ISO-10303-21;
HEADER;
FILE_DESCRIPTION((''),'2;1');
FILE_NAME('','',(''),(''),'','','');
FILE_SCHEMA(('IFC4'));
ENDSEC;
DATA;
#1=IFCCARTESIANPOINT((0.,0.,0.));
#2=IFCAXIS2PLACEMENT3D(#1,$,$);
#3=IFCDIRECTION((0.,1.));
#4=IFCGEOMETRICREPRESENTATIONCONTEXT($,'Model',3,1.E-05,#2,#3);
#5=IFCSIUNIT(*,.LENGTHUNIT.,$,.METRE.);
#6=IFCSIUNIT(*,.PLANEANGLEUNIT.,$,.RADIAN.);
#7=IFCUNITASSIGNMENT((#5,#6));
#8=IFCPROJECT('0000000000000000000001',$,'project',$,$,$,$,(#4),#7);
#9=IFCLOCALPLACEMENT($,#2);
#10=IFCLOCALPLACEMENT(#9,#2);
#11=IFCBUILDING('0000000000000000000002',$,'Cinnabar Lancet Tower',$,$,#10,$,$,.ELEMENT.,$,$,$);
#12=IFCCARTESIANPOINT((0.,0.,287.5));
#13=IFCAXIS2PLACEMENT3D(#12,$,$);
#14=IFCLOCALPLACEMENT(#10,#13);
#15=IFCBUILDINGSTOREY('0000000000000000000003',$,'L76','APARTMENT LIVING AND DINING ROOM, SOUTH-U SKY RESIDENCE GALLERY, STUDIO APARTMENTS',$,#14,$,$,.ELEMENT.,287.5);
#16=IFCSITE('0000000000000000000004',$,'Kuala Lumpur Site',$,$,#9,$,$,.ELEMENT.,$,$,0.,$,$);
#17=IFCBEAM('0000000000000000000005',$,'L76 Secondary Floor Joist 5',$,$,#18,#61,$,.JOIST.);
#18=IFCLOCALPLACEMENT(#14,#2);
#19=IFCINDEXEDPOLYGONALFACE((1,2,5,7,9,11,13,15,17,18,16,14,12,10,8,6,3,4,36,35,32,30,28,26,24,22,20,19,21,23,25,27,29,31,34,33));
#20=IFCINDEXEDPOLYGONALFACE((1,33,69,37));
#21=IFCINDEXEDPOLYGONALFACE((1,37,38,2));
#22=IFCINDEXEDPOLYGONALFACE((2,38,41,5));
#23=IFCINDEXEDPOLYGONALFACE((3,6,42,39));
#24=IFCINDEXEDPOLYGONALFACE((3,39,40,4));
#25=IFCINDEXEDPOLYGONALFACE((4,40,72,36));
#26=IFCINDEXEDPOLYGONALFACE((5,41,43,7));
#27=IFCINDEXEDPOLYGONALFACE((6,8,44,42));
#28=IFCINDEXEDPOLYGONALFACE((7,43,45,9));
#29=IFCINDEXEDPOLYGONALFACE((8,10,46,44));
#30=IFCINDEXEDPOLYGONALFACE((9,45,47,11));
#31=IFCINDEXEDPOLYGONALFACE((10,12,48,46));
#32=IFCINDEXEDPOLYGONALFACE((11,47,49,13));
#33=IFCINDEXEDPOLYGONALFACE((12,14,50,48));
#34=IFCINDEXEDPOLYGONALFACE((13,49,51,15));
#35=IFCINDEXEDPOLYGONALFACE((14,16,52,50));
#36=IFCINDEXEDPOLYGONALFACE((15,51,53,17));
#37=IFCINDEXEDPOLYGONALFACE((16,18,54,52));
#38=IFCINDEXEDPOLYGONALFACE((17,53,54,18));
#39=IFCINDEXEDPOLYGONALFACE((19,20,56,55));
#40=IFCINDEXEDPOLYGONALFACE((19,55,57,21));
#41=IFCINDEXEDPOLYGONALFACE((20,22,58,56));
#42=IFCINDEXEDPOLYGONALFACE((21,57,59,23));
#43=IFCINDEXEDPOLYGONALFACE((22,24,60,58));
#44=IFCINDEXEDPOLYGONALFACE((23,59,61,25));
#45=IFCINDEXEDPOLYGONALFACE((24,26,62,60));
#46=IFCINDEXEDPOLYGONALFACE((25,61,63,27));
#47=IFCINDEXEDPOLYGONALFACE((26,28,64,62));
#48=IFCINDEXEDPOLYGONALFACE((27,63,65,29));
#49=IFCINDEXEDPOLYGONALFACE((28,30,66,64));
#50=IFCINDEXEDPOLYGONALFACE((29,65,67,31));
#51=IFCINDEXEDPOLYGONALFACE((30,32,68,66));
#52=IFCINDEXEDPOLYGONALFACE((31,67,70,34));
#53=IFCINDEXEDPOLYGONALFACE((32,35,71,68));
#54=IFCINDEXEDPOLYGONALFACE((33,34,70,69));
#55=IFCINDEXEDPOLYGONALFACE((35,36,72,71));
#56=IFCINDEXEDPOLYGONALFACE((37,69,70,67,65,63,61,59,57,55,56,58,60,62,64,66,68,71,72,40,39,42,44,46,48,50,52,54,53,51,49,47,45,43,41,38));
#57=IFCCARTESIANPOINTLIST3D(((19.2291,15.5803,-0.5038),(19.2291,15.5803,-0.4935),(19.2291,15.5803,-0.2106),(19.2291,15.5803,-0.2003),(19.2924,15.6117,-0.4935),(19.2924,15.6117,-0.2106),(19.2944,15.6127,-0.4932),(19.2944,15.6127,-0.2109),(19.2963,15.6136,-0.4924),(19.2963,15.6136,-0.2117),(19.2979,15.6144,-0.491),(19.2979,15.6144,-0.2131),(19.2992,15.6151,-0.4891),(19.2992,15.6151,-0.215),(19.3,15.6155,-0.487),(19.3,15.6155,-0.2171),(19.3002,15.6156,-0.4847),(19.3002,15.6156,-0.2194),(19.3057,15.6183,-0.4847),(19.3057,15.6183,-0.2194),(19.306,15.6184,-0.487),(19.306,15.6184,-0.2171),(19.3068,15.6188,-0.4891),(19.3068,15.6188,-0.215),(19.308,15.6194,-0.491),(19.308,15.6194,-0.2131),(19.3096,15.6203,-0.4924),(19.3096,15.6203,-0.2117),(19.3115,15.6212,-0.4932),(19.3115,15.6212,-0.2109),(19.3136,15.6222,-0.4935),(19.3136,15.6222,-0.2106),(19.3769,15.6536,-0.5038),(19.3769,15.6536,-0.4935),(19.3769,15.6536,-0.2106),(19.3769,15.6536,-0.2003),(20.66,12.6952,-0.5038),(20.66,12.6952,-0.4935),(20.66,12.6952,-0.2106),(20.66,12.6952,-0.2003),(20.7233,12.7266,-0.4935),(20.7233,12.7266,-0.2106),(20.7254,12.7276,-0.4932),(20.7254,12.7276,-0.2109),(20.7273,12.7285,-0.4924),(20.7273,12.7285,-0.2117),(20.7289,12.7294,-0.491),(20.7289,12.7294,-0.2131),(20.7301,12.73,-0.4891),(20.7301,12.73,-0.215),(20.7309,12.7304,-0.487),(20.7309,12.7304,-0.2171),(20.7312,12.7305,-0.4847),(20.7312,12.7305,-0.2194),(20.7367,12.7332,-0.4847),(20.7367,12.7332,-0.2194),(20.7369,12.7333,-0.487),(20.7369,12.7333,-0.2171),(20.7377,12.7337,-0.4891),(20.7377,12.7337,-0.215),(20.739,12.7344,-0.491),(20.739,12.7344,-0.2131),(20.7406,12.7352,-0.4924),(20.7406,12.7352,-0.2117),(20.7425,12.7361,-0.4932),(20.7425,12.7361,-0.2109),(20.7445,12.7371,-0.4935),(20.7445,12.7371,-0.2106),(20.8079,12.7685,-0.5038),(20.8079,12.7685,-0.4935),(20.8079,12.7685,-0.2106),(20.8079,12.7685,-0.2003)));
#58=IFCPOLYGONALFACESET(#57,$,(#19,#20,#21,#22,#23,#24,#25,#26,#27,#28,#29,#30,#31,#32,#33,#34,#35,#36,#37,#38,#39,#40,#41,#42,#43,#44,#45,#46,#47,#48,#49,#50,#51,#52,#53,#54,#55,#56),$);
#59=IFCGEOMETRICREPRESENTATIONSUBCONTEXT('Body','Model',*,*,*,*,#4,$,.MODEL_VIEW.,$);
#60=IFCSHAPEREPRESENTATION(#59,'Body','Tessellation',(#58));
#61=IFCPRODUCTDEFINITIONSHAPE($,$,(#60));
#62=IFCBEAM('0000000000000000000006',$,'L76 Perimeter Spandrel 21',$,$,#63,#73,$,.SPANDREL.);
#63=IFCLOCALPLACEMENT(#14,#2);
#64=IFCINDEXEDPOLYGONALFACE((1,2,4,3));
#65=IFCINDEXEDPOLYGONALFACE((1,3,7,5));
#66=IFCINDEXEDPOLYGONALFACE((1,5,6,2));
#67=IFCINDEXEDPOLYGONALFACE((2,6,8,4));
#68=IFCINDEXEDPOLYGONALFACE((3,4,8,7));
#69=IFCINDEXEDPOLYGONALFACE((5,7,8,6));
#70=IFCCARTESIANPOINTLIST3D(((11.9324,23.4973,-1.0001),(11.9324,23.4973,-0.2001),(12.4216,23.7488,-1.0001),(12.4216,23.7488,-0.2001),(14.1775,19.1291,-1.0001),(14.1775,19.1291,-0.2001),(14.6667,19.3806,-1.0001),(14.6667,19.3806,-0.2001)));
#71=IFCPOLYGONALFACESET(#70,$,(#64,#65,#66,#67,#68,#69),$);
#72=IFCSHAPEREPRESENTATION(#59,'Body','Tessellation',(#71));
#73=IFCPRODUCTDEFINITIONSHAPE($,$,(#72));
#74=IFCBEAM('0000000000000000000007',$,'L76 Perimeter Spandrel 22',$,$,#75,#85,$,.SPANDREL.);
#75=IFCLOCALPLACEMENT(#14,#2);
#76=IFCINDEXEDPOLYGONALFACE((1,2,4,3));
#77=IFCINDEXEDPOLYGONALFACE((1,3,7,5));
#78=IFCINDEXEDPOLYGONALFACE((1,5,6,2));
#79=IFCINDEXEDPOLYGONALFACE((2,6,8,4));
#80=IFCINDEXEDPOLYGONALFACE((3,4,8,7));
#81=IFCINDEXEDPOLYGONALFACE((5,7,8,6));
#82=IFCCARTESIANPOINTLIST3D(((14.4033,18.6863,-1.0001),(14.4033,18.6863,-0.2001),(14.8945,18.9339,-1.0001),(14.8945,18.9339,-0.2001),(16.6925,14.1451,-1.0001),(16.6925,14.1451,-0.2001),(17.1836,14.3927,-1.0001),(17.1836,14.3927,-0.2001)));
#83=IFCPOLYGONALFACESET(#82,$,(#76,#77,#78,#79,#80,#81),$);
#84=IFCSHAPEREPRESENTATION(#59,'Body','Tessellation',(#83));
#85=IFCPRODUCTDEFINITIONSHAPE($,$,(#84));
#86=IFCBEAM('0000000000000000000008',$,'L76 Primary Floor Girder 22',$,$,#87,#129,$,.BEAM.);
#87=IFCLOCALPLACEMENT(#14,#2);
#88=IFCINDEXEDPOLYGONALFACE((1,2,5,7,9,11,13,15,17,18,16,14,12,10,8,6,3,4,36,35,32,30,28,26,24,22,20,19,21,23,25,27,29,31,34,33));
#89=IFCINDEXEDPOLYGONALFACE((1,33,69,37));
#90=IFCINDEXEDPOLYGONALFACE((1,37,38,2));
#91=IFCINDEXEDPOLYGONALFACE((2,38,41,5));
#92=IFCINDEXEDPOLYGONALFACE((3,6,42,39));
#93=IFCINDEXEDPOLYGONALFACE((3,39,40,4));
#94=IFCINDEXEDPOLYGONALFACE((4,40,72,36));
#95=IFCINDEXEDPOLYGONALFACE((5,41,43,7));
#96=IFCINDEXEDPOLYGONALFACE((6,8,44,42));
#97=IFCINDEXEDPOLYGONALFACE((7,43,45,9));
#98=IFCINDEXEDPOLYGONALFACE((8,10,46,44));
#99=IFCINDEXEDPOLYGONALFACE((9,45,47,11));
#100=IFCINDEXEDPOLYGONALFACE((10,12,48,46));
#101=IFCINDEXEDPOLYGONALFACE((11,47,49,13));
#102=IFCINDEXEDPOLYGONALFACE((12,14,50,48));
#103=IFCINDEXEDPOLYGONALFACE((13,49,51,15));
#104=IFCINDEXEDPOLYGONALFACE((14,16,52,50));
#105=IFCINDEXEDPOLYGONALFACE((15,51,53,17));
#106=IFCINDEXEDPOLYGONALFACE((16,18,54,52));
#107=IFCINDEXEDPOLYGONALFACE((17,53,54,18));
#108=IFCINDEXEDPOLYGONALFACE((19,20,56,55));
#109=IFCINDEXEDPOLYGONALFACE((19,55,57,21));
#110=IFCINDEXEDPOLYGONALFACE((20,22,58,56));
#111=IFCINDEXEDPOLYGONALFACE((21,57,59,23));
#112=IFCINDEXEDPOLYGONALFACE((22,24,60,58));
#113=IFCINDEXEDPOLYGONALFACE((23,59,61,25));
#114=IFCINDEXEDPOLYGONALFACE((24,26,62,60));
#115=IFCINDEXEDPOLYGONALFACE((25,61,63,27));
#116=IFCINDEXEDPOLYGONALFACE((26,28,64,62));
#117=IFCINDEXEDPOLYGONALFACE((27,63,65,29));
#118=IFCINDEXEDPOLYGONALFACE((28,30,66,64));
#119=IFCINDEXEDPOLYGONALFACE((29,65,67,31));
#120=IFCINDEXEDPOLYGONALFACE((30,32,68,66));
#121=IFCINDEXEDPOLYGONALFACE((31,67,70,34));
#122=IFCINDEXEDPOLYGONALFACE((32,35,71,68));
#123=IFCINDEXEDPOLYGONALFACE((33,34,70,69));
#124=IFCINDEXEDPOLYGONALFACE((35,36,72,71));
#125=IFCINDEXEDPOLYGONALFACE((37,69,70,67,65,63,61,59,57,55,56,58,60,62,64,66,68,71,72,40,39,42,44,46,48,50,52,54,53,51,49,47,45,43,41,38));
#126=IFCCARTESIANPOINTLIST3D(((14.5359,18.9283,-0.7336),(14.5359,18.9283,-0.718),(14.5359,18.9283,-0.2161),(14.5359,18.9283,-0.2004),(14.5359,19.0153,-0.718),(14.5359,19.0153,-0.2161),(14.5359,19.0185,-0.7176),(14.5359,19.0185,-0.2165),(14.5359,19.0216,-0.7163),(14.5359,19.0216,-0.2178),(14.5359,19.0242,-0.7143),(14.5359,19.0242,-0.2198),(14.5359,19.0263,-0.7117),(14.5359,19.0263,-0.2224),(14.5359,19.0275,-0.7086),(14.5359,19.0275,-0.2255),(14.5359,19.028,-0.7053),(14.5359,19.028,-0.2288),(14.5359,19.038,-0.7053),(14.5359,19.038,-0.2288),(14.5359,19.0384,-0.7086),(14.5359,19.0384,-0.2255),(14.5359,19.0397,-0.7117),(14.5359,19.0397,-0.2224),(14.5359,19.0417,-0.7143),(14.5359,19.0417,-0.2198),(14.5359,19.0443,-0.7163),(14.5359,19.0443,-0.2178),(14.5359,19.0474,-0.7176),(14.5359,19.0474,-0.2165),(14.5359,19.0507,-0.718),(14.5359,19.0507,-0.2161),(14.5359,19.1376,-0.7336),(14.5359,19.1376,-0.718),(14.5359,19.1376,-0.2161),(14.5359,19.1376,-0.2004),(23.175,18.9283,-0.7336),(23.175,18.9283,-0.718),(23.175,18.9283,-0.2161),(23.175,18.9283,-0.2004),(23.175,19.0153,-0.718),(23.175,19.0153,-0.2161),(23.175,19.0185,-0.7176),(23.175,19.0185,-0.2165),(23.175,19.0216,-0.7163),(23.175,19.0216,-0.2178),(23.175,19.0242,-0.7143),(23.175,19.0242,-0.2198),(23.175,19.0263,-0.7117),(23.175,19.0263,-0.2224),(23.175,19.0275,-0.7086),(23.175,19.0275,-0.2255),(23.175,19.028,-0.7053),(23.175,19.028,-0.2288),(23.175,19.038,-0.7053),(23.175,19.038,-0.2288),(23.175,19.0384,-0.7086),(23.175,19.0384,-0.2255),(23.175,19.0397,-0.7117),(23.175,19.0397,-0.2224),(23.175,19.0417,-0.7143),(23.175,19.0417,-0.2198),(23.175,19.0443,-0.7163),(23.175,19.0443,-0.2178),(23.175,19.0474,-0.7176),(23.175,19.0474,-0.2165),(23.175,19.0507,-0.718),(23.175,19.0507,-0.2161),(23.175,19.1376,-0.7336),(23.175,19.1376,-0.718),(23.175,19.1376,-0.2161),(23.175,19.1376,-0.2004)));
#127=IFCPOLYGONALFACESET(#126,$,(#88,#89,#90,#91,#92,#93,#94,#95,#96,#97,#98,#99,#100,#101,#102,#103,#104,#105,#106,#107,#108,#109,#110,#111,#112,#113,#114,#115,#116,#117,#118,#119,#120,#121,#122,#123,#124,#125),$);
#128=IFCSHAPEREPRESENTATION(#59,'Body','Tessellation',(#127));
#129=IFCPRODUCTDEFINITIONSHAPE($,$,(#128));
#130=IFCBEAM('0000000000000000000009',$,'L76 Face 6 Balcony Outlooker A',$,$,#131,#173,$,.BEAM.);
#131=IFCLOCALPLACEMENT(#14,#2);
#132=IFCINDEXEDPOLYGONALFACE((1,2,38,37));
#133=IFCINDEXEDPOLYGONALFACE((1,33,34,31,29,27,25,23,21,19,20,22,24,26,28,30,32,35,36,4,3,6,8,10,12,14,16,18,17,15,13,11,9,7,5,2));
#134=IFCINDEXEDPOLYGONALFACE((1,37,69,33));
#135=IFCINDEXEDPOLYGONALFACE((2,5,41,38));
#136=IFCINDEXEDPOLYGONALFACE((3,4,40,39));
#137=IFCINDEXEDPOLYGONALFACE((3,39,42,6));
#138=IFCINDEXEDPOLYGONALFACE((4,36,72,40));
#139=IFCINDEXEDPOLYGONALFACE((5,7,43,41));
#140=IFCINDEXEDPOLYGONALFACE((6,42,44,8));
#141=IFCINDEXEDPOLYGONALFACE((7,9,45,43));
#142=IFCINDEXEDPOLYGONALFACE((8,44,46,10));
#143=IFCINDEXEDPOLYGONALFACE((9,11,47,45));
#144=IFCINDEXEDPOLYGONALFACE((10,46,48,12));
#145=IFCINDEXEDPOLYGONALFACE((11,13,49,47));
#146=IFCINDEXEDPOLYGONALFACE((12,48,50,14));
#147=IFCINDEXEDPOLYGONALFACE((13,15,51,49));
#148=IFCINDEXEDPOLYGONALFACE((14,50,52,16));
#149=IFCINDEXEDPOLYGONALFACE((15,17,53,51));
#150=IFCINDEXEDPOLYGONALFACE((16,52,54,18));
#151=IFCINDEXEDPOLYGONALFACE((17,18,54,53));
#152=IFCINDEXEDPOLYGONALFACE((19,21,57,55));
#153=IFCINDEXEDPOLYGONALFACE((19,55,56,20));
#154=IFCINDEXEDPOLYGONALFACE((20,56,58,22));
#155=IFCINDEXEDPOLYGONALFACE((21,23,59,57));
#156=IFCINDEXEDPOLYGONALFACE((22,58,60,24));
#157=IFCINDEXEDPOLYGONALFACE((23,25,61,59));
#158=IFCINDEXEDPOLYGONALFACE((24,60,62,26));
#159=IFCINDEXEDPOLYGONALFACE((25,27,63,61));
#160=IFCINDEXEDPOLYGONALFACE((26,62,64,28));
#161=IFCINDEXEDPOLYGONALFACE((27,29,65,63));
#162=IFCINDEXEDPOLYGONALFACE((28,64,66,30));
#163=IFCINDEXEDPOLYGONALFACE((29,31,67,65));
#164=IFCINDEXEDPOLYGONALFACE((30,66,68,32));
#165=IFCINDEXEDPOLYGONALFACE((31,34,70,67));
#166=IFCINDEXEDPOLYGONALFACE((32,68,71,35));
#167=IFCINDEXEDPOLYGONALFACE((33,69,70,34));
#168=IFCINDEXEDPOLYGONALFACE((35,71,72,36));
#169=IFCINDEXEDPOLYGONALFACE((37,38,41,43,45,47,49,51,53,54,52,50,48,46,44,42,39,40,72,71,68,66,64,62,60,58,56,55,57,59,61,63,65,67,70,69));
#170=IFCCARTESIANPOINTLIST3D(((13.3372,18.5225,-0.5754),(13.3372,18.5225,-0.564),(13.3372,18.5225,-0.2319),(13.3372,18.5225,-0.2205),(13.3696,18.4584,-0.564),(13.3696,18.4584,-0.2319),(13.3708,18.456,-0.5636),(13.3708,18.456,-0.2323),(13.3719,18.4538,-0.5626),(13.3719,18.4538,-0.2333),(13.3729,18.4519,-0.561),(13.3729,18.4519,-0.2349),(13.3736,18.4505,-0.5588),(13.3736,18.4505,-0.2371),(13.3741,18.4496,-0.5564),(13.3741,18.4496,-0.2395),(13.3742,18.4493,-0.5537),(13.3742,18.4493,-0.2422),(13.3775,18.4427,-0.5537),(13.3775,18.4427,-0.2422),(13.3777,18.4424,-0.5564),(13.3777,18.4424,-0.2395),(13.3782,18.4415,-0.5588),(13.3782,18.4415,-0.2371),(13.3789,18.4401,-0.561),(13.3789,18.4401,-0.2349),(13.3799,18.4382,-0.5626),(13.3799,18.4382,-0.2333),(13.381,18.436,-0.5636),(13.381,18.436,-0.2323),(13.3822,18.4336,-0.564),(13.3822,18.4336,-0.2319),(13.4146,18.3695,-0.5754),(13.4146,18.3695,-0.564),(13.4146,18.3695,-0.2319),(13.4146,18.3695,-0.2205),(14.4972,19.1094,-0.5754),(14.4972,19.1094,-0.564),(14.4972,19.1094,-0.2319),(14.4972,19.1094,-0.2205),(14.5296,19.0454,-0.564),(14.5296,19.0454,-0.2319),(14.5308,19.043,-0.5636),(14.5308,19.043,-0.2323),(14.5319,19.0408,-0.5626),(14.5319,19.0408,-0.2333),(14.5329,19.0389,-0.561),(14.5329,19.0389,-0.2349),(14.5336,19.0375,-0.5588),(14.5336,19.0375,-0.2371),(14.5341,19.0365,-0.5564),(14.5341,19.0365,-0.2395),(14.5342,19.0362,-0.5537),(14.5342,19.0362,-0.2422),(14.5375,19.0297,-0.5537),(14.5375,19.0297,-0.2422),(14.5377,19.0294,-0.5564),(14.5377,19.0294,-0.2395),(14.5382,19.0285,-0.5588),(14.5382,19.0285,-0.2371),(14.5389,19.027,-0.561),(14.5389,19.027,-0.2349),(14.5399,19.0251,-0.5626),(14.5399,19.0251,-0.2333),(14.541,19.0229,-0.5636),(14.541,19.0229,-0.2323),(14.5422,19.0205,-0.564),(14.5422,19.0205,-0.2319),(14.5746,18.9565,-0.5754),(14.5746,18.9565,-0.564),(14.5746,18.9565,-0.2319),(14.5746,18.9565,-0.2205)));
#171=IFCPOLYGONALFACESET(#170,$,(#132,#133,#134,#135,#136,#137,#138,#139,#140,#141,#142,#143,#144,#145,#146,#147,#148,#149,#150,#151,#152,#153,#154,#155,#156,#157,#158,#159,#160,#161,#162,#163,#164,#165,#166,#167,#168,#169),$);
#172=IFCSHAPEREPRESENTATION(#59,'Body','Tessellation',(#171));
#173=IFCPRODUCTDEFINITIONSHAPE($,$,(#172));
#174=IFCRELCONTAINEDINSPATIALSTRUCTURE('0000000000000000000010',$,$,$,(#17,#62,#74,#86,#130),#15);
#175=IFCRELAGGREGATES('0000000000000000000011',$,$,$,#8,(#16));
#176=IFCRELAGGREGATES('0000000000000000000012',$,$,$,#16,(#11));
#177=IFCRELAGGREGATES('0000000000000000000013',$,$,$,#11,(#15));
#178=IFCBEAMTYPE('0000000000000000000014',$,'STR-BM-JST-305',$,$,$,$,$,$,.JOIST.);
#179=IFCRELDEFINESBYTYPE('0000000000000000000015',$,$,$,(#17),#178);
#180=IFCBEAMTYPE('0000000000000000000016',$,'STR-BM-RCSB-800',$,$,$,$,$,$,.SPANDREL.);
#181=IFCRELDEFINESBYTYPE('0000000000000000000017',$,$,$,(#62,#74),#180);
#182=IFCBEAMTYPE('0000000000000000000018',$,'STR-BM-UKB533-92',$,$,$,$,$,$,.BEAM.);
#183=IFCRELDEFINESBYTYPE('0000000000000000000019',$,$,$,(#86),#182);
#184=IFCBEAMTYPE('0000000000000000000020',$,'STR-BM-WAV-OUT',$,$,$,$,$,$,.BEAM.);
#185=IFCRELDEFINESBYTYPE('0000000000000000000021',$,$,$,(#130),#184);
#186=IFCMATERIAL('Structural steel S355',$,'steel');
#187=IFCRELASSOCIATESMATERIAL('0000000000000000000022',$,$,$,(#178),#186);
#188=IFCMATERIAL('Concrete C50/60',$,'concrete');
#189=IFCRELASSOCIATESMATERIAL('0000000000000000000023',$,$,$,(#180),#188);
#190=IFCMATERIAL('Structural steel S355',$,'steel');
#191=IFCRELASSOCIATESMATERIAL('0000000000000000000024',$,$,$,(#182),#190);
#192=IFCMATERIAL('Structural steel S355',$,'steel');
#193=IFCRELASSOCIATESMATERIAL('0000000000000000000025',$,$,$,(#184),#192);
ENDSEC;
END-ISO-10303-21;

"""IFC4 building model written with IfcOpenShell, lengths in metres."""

from ifc_helpers import new_model, si_unit, direction, frame, origin, origin_2d, place, context, subcontext, project, spatial, rectangle, i_section, extrude, material, material_profile, profile_set, type_object, element, save


model = new_model("IFC4")

# Units and contexts
model_context = context("Model", 3, precision=1e-05, world=origin(), true_north=direction((0.0, 1.0)))
body_context = subcontext(model_context, "Body", "Model", "MODEL_VIEW")
ifc_project = project(units=[si_unit("LENGTHUNIT", "METRE"), si_unit("PLANEANGLEUNIT", "RADIAN")], contexts=[model_context])

# Site, building, storey
site_placement = place(None, origin())
site = spatial("IfcSite", under=ifc_project, at=site_placement, Name="Kuala Lumpur Site", CompositionType="ELEMENT", RefElevation=0.0)
building_placement = place(site_placement, origin())
building = spatial("IfcBuilding", under=site, at=building_placement, Name="Cinnabar Lancet Tower", CompositionType="ELEMENT")
storey_placement = place(building_placement, frame((0.0, 0.0, 287.5)))
storey = spatial("IfcBuildingStorey", under=building, at=storey_placement, Name="L76", Description="APARTMENT LIVING AND DINING ROOM, SOUTH-U SKY RESIDENCE GALLERY, STUDIO APARTMENTS", CompositionType="ELEMENT", Elevation=287.5)

# Beams
ifc_material_1 = material(Name="Structural steel S355", Category="steel")
ifc_material_profile_1 = material_profile(ifc_material_1, i_section(OverallWidth=0.165, OverallDepth=0.3035, WebThickness=0.0061, FlangeThickness=0.0103, FilletRadius=0.0088, at=origin_2d()), Name="UKB 305x165x40")
ifc_profile_set_1 = profile_set([ifc_material_profile_1], Name="Structural steel S355")
beam_type_1 = type_object("IfcBeamType", Name="STR-BM-JST-305", PredefinedType="JOIST", material=ifc_profile_set_1)
beam_1_placement = place(storey_placement, frame((19.303, 15.6169, -0.3521), z_axis=(0.44433, -0.895863, 0.0), x_axis=(0.895863, 0.44433, 0.0)))
element("IfcBeam", 1, at=beam_1_placement, inside=storey, type_object=beam_type_1, Name="L76 Secondary Floor Joist 5", PredefinedType="JOIST", context=body_context, shape_type="SweptSolid", body=[
    extrude(i_section(OverallWidth=0.165, OverallDepth=0.3035, WebThickness=0.0061, FlangeThickness=0.0103, FilletRadius=0.0088, at=origin_2d()), origin(), (0.0, 0.0, 1.0), 3.2205),
])
ifc_material_2 = material(Name="Concrete C50/60", Category="concrete")
ifc_material_profile_2 = material_profile(ifc_material_2, rectangle(XDim=0.55, YDim=0.8, at=origin_2d()), Name="RC-SB 550x800")
ifc_profile_set_2 = profile_set([ifc_material_profile_2], Name="Concrete C50/60")
beam_type_2 = type_object("IfcBeamType", Name="STR-BM-RCSB-800", PredefinedType="SPANDREL", material=ifc_profile_set_2)
beam_2_placement = place(storey_placement, frame((12.177, 23.623, -0.6001), z_axis=(0.457128, -0.889401, 0.0), x_axis=(0.889401, 0.457128, 0.0)))
element("IfcBeam", 2, at=beam_2_placement, inside=storey, type_object=beam_type_2, Name="L76 Perimeter Spandrel 21", PredefinedType="SPANDREL", context=body_context, shape_type="SweptSolid", body=[
    extrude(rectangle(XDim=0.55, YDim=0.8, at=origin_2d()), origin(), (0.0, 0.0, 1.0), 4.9114),
])
beam_3_placement = place(storey_placement, frame((14.6489, 18.8101, -0.6001), z_axis=(0.45013, -0.892963, 0.0), x_axis=(0.892963, 0.45013, 0.0)))
element("IfcBeam", 3, at=beam_3_placement, inside=storey, type_object=beam_type_2, Name="L76 Perimeter Spandrel 22", PredefinedType="SPANDREL", context=body_context, shape_type="SweptSolid", body=[
    extrude(rectangle(XDim=0.55, YDim=0.8, at=origin_2d()), origin(), (0.0, 0.0, 1.0), 5.0854),
])
ifc_material_3 = material(Name="Structural steel S355", Category="steel")
ifc_material_profile_3 = material_profile(ifc_material_3, i_section(OverallWidth=0.2092, OverallDepth=0.5332, WebThickness=0.01, FlangeThickness=0.0156, FilletRadius=0.0127, at=origin_2d()), Name="UKB 533x210x92")
ifc_profile_set_3 = profile_set([ifc_material_profile_3], Name="Structural steel S355")
beam_type_3 = type_object("IfcBeamType", Name="STR-BM-UKB533-92", PredefinedType="BEAM", material=ifc_profile_set_3)
beam_4_placement = place(storey_placement, frame((14.5359, 19.033, -0.467), z_axis=(1.0, 0.0, 0.0), x_axis=(0.0, 1.0, 0.0)))
element("IfcBeam", 4, at=beam_4_placement, inside=storey, type_object=beam_type_3, Name="L76 Primary Floor Girder 22", PredefinedType="BEAM", context=body_context, shape_type="SweptSolid", body=[
    extrude(i_section(OverallWidth=0.2092, OverallDepth=0.5332, WebThickness=0.01, FlangeThickness=0.0156, FilletRadius=0.0127, at=origin_2d()), origin(), (0.0, 0.0, 1.0), 8.6392),
])
ifc_material_4 = material(Name="Structural steel S355", Category="steel")
ifc_material_profile_4 = material_profile(ifc_material_4, i_section(OverallWidth=0.1714, OverallDepth=0.355, WebThickness=0.0073, FlangeThickness=0.0115, FilletRadius=0.0103, at=origin_2d()), Name="UKB 356x171x51")
ifc_profile_set_4 = profile_set([ifc_material_profile_4], Name="Structural steel S355")
beam_type_4 = type_object("IfcBeamType", Name="STR-BM-WAV-OUT", PredefinedType="BEAM", material=ifc_profile_set_4)
beam_5_placement = place(storey_placement, frame((14.5359, 19.033, -0.3979), z_axis=(-0.892276, -0.45149, 0.0), x_axis=(0.45149, -0.892276, 0.0)))
element("IfcBeam", 5, at=beam_5_placement, inside=storey, type_object=beam_type_4, Name="L76 Face 6 Balcony Outlooker A", PredefinedType="BEAM", context=body_context, shape_type="SweptSolid", body=[
    extrude(i_section(OverallWidth=0.1714, OverallDepth=0.355, WebThickness=0.0073, FlangeThickness=0.0115, FilletRadius=0.0103, at=origin_2d()), origin(), (0.0, 0.0, 1.0), 1.3),
])

save(model, "model.ifc")
